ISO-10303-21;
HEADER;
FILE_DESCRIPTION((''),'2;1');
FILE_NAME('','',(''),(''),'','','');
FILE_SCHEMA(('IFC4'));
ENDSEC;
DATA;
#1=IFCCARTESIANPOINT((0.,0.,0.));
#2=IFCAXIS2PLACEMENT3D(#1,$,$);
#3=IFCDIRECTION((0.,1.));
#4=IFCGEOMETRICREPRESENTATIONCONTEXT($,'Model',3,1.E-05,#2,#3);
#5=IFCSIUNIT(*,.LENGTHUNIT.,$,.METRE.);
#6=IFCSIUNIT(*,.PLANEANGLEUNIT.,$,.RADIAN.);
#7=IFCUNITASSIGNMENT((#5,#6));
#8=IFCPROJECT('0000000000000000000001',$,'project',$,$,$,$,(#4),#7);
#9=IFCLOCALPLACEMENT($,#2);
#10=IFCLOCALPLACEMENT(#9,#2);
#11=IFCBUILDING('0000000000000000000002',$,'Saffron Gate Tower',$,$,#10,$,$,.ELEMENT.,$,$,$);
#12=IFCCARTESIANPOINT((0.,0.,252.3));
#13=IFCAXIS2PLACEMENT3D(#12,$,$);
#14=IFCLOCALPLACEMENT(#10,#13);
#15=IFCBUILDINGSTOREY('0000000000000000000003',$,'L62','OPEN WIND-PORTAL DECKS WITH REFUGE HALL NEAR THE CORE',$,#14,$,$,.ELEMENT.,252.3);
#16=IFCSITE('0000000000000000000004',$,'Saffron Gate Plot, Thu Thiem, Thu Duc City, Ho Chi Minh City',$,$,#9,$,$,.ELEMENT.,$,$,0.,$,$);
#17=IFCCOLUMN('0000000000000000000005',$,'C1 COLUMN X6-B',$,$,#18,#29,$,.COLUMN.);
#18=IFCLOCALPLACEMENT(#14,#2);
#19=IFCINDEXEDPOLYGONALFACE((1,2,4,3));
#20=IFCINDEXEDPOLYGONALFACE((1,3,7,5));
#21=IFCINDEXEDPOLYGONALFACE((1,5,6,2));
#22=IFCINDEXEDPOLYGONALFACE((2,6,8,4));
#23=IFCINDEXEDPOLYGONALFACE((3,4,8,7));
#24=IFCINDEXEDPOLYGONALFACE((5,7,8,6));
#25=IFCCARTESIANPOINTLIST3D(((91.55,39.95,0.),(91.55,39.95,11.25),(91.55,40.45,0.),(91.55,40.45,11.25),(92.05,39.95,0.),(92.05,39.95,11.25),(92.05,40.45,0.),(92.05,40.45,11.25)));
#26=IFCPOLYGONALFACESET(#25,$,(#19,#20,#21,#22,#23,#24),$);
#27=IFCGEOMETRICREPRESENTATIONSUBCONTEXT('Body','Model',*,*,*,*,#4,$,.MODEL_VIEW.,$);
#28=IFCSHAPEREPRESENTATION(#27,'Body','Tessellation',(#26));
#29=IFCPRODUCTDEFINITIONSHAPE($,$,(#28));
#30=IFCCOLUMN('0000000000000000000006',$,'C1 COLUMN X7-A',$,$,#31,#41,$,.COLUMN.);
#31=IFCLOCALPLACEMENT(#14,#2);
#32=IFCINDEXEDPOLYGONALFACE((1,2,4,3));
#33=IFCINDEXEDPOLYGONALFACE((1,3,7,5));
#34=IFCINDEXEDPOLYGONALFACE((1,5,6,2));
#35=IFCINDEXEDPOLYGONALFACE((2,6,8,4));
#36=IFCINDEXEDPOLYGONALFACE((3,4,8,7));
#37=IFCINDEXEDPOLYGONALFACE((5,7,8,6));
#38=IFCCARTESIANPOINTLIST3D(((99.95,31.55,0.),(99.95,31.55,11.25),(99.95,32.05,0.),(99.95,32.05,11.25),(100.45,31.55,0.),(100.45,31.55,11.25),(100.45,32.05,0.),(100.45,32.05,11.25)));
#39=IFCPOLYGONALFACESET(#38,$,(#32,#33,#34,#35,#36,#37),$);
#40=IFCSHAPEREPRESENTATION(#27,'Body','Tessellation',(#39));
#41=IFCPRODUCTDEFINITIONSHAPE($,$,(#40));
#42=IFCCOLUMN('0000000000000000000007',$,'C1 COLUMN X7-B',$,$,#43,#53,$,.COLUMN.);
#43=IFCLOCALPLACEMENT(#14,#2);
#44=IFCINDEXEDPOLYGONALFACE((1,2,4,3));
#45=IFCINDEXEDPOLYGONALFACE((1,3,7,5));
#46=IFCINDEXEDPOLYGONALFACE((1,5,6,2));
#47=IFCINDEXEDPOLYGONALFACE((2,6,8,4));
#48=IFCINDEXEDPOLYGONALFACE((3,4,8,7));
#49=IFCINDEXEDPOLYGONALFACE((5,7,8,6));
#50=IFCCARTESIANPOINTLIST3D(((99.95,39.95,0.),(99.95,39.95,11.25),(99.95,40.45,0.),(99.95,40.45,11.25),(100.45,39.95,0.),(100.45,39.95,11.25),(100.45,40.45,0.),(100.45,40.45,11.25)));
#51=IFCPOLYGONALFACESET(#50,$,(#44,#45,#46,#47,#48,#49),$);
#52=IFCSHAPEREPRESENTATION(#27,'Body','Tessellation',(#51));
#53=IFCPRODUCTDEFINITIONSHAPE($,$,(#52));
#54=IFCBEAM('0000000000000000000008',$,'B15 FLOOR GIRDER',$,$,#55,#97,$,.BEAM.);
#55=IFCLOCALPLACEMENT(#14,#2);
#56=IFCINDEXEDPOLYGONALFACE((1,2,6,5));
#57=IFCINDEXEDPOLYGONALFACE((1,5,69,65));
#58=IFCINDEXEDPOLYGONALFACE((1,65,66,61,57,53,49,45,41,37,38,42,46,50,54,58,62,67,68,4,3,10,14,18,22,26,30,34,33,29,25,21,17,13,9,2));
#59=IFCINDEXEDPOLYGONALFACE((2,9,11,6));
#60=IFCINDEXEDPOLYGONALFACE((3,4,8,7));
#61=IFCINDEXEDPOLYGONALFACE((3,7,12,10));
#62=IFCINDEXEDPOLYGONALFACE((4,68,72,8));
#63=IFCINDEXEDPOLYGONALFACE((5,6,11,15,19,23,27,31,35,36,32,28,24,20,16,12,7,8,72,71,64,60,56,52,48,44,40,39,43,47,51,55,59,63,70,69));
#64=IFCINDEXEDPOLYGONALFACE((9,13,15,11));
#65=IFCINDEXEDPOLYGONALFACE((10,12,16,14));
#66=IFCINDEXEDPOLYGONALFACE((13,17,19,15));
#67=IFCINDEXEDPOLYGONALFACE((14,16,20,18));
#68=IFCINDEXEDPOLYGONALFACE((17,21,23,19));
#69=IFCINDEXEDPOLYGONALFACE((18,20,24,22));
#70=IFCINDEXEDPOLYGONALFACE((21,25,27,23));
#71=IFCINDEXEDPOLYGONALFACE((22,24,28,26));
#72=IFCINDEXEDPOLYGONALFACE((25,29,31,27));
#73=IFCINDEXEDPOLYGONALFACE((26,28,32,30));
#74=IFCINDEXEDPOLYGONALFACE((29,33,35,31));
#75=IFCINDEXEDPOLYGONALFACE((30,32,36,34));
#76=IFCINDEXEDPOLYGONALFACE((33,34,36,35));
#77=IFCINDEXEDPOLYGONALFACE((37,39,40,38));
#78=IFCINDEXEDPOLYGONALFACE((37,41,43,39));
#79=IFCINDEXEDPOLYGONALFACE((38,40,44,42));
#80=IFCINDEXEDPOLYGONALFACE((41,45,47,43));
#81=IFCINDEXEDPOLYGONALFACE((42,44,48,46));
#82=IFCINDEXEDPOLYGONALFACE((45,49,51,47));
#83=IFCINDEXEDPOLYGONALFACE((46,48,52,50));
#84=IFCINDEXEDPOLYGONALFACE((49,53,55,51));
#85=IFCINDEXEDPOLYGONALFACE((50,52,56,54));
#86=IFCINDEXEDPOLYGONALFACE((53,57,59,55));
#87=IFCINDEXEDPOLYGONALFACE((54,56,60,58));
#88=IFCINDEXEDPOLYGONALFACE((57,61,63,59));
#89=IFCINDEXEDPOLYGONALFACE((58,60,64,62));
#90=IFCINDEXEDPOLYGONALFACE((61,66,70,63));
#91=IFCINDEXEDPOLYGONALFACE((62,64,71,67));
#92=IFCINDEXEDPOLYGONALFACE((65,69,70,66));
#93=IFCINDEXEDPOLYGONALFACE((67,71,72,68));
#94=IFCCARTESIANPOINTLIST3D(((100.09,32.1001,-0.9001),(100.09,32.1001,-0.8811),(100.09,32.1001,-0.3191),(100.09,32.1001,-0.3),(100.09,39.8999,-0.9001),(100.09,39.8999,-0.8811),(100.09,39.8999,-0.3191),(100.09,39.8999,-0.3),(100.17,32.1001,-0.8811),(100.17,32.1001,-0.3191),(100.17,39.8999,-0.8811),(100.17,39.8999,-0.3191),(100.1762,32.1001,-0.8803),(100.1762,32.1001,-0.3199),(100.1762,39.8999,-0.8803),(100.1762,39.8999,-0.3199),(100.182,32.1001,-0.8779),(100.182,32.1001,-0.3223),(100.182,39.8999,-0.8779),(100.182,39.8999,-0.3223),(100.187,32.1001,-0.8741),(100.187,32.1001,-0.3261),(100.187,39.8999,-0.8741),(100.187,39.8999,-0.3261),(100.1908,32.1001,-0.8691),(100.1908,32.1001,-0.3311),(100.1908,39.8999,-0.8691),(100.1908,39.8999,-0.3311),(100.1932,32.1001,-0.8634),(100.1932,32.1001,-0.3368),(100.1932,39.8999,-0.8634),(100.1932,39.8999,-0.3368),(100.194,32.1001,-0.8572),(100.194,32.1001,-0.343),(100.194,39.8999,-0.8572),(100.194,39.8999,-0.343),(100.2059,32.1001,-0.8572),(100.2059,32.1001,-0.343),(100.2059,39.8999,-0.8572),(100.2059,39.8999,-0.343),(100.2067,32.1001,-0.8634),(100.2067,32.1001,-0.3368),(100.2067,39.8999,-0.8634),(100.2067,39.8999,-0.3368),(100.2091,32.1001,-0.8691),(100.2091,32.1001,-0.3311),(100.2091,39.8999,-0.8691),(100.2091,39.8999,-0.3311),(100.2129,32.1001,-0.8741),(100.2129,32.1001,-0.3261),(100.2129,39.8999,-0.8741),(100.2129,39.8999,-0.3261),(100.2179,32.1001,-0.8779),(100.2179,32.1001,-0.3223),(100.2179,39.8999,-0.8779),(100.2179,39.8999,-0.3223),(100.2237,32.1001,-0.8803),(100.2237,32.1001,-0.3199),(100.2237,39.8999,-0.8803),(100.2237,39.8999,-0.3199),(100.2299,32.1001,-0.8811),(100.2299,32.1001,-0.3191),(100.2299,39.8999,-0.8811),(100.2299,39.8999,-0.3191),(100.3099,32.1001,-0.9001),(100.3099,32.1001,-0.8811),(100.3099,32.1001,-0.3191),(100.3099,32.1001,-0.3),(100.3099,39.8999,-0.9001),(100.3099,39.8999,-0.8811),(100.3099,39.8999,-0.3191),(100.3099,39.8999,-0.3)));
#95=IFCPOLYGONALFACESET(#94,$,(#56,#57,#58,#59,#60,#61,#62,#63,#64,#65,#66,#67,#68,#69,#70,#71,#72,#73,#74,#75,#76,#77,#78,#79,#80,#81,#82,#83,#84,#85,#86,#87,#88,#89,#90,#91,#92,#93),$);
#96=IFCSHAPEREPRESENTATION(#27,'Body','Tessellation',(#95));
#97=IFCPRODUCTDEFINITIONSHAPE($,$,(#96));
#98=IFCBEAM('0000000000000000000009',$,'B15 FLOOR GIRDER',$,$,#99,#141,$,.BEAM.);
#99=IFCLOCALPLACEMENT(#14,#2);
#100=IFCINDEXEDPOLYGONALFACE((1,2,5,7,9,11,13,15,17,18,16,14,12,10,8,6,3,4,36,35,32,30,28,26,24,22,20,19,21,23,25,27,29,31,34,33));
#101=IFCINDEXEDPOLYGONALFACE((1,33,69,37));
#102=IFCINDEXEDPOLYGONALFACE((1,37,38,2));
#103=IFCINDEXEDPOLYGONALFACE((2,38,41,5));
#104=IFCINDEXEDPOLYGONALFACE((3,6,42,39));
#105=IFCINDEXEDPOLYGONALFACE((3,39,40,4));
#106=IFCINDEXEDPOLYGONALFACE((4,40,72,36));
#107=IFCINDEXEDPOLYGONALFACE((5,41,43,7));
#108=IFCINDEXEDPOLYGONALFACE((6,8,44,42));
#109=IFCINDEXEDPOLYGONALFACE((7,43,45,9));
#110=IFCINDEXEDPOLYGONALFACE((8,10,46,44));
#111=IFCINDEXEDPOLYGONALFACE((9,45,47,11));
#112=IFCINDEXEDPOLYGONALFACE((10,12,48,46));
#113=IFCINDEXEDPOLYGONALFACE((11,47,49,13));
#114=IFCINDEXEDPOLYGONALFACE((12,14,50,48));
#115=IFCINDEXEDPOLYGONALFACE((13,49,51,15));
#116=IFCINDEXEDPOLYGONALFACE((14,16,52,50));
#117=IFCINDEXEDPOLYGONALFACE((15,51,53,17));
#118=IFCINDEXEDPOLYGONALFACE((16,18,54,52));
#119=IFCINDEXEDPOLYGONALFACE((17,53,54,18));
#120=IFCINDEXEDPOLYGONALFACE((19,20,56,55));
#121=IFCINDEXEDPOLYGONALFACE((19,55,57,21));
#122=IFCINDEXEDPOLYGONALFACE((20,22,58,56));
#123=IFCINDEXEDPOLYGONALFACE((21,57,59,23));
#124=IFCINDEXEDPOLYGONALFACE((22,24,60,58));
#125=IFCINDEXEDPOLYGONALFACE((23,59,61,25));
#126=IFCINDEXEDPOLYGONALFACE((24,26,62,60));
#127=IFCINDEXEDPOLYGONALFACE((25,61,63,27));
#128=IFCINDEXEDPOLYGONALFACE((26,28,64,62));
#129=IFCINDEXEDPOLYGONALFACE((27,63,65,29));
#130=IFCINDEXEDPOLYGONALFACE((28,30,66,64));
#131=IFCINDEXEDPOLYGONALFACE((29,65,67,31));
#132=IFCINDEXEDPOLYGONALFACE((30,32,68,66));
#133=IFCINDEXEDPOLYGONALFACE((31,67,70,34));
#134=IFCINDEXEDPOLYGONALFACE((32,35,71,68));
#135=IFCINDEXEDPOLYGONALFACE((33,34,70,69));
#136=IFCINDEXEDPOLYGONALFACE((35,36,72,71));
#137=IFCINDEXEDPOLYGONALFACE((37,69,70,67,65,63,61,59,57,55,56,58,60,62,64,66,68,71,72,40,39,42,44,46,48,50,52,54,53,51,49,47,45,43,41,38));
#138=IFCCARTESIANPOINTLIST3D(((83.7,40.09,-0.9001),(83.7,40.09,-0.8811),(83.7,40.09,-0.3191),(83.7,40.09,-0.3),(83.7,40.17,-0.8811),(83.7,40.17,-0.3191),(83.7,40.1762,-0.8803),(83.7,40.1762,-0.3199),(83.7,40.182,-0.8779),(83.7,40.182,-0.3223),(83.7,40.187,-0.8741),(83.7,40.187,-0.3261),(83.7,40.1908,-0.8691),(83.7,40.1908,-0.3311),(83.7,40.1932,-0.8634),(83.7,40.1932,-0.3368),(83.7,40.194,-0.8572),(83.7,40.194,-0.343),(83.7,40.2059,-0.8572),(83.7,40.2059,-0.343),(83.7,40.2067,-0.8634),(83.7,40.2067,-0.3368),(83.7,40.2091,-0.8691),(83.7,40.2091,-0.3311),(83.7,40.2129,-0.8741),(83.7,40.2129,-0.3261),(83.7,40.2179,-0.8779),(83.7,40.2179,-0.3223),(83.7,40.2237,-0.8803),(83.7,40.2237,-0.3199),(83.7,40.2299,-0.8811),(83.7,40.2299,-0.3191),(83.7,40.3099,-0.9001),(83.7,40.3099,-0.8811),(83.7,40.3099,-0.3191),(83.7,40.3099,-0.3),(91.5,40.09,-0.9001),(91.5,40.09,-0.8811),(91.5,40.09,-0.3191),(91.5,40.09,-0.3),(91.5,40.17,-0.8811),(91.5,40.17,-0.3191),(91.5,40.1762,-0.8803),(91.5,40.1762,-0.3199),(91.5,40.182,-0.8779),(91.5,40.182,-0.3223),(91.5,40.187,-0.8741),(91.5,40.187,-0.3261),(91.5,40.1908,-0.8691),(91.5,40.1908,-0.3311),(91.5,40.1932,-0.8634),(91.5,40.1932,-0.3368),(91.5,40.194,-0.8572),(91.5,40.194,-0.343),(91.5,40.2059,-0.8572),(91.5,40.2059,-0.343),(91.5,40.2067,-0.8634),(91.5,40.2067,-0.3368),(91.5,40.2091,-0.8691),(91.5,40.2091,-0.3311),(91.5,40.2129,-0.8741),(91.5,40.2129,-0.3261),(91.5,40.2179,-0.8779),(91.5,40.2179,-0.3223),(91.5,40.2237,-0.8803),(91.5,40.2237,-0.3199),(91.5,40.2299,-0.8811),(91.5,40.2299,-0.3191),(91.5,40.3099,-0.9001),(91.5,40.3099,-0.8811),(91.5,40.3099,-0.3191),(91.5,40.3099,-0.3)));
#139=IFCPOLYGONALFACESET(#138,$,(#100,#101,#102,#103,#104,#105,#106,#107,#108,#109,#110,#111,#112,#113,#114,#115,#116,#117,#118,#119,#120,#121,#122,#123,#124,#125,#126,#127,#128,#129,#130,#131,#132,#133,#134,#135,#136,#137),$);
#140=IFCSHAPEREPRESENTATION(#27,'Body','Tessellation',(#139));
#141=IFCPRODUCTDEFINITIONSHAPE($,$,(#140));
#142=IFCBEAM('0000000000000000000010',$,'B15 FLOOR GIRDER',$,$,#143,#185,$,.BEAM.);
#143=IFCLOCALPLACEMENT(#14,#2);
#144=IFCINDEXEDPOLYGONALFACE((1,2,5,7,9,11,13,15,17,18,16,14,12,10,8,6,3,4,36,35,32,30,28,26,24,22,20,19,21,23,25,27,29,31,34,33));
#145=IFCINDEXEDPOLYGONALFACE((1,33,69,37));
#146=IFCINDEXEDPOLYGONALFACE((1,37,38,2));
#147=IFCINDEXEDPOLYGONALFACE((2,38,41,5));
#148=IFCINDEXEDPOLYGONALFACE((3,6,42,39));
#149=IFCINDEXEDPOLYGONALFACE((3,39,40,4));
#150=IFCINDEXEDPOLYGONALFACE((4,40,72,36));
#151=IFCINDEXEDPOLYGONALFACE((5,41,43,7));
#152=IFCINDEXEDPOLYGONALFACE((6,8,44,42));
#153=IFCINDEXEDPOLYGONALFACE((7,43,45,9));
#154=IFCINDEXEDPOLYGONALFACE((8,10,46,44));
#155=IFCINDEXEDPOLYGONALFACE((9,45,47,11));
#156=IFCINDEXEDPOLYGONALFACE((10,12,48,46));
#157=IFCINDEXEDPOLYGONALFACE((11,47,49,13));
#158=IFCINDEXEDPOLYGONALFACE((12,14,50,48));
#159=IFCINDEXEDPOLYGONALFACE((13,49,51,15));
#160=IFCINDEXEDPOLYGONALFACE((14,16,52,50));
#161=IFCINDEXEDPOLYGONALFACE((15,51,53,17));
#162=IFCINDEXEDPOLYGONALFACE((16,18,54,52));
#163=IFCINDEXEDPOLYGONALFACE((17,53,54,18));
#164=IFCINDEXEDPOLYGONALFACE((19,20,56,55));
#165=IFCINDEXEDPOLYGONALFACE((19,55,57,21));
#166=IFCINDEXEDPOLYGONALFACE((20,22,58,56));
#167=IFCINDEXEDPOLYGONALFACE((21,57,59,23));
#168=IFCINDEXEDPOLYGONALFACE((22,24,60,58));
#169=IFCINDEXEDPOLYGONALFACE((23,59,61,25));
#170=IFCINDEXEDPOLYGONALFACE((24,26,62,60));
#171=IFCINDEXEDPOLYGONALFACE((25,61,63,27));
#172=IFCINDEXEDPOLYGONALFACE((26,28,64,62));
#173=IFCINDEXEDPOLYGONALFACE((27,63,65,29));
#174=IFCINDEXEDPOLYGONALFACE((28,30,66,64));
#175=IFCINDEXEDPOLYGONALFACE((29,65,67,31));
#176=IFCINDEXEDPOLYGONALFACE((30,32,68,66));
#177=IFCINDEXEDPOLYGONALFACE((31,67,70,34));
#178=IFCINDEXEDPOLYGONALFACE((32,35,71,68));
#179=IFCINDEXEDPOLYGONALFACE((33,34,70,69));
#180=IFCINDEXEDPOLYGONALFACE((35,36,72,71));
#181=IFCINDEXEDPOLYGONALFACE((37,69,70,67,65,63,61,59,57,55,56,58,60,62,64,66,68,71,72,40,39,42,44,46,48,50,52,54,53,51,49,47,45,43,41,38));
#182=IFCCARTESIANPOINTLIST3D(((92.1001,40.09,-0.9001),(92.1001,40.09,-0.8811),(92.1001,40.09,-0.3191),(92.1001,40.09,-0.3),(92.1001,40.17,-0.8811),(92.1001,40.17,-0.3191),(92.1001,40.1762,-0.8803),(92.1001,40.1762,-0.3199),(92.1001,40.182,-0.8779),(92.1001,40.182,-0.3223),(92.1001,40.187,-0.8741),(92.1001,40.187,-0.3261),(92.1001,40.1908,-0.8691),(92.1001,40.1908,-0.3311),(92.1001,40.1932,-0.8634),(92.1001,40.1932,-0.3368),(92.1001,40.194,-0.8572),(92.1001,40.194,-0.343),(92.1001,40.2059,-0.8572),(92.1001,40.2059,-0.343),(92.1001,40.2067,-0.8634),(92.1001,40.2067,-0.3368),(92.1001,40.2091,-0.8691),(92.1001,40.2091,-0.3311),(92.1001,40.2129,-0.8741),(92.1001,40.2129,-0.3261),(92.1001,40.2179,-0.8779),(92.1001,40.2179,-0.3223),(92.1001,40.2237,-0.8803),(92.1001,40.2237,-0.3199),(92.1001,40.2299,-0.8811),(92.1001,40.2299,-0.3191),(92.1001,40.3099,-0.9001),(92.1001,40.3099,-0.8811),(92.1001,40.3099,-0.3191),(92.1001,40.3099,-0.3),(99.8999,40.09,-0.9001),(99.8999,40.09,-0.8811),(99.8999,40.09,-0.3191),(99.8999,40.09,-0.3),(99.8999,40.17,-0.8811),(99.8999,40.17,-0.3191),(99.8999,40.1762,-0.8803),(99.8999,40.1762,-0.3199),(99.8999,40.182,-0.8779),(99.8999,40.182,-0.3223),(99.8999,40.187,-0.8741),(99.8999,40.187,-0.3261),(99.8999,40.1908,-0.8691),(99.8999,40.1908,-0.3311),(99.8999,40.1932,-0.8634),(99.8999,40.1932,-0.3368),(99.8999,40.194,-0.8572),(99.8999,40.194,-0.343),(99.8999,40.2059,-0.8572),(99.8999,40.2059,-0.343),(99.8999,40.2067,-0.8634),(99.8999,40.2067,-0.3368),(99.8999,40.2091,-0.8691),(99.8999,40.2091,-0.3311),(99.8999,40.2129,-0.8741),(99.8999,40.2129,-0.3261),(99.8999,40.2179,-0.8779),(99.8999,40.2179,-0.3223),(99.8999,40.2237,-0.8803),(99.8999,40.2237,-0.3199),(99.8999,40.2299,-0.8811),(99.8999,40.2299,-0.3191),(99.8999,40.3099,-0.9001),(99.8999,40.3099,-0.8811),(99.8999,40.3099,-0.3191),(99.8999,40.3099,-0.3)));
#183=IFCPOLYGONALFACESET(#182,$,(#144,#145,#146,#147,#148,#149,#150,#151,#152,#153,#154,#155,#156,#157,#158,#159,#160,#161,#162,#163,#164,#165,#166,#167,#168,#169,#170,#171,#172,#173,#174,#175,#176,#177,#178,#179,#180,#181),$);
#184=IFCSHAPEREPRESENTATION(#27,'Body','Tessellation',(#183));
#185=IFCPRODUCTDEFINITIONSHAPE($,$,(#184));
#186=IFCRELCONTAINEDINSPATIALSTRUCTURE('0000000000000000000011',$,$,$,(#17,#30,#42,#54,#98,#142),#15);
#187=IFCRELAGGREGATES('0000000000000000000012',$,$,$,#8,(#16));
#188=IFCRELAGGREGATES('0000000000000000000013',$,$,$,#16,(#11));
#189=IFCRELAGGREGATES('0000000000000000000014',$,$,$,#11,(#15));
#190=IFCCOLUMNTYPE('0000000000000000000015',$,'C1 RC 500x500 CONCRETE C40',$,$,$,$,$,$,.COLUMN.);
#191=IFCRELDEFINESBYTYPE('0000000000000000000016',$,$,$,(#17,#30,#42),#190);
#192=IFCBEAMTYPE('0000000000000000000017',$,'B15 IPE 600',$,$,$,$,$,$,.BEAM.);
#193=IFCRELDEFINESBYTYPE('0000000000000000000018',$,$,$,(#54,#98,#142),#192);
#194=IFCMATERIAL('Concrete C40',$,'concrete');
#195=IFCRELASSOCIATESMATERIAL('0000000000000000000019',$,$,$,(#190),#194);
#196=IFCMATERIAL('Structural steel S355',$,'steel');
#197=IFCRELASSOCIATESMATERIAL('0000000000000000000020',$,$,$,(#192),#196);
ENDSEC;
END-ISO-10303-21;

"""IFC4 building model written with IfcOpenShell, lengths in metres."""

from ifc_helpers import new_model, si_unit, direction, frame, origin, origin_2d, place, context, subcontext, project, spatial, rectangle, i_section, extrude, material, material_profile, profile_set, type_object, element, save


model = new_model("IFC4")

# Units and contexts
model_context = context("Model", 3, precision=1e-05, world=origin(), true_north=direction((0.0, 1.0)))
body_context = subcontext(model_context, "Body", "Model", "MODEL_VIEW")
ifc_project = project(units=[si_unit("LENGTHUNIT", "METRE"), si_unit("PLANEANGLEUNIT", "RADIAN")], contexts=[model_context])

# Site, building, storey
site_placement = place(None, origin())
site = spatial("IfcSite", under=ifc_project, at=site_placement, Name="Saffron Gate Plot, Thu Thiem, Thu Duc City, Ho Chi Minh City", CompositionType="ELEMENT", RefElevation=0.0)
building_placement = place(site_placement, origin())
building = spatial("IfcBuilding", under=site, at=building_placement, Name="Saffron Gate Tower", CompositionType="ELEMENT")
storey_placement = place(building_placement, frame((0.0, 0.0, 252.3)))
storey = spatial("IfcBuildingStorey", under=building, at=storey_placement, Name="L62", Description="OPEN WIND-PORTAL DECKS WITH REFUGE HALL NEAR THE CORE", CompositionType="ELEMENT", Elevation=252.3)

# Columns
ifc_material_1 = material(Name="Concrete C40", Category="concrete")
ifc_material_profile_1 = material_profile(ifc_material_1, rectangle(XDim=0.5, YDim=0.5, at=origin_2d()))
ifc_profile_set_1 = profile_set([ifc_material_profile_1], Name="Concrete C40")
column_type = type_object("IfcColumnType", Name="C1 RC 500x500 CONCRETE C40", PredefinedType="COLUMN", material=ifc_profile_set_1)
for number, where, z_axis, x_axis, name in (
    (1, (91.8, 40.2, 0.0), (0.0, 0.0, 1.0), (1.0, 0.0, 0.0), "C1 COLUMN X6-B"),
    (2, (100.2, 31.8, 0.0), (0.0, 0.0, 1.0), (1.0, 0.0, 0.0), "C1 COLUMN X7-A"),
    (3, (100.2, 40.2, 0.0), (0.0, 0.0, 1.0), (1.0, 0.0, 0.0), "C1 COLUMN X7-B"),
):
    element("IfcColumn", number, at=place(storey_placement, frame(where, z_axis=z_axis, x_axis=x_axis)), inside=storey, type_object=column_type, Name=name, PredefinedType="COLUMN", context=body_context, shape_type="SweptSolid", body=[
        extrude(rectangle(XDim=0.5, YDim=0.5, at=origin_2d()), origin(), (0.0, 0.0, 1.0), 11.25),
    ])

# Beams
ifc_material_2 = material(Name="Structural steel S355", Category="steel")
ifc_material_profile_2 = material_profile(ifc_material_2, i_section(OverallWidth=0.22, OverallDepth=0.6001, WebThickness=0.012, FlangeThickness=0.019, FilletRadius=0.0239, at=origin_2d()))
ifc_profile_set_2 = profile_set([ifc_material_profile_2], Name="Structural steel S355")
beam_type_1 = type_object("IfcBeamType", Name="B15 IPE 600", PredefinedType="BEAM", material=ifc_profile_set_2)
beam_1_placement = place(storey_placement, frame((100.2, 32.1001, -0.6001), z_axis=(0.0, 1.0, 0.0), x_axis=(-1.0, 0.0, 0.0)))
element("IfcBeam", 4, at=beam_1_placement, inside=storey, type_object=beam_type_1, Name="B15 FLOOR GIRDER", PredefinedType="BEAM", context=body_context, shape_type="SweptSolid", body=[
    extrude(i_section(OverallWidth=0.22, OverallDepth=0.6001, WebThickness=0.012, FlangeThickness=0.019, FilletRadius=0.0239, at=origin_2d()), origin(), (0.0, 0.0, 1.0), 7.7998),
])
beam_2_placement = place(storey_placement, frame((83.7, 40.2, -0.6001), z_axis=(1.0, 0.0, 0.0), x_axis=(0.0, 1.0, 0.0)))
element("IfcBeam", 5, at=beam_2_placement, inside=storey, type_object=beam_type_1, Name="B15 FLOOR GIRDER", PredefinedType="BEAM", context=body_context, shape_type="SweptSolid", body=[
    extrude(i_section(OverallWidth=0.22, OverallDepth=0.6001, WebThickness=0.012, FlangeThickness=0.019, FilletRadius=0.0239, at=origin_2d()), origin(), (0.0, 0.0, 1.0), 7.8),
])
beam_3_placement = place(storey_placement, frame((92.1001, 40.2, -0.6001), z_axis=(1.0, 0.0, 0.0), x_axis=(0.0, 1.0, 0.0)))
element("IfcBeam", 6, at=beam_3_placement, inside=storey, type_object=beam_type_1, Name="B15 FLOOR GIRDER", PredefinedType="BEAM", context=body_context, shape_type="SweptSolid", body=[
    extrude(i_section(OverallWidth=0.22, OverallDepth=0.6001, WebThickness=0.012, FlangeThickness=0.019, FilletRadius=0.0239, at=origin_2d()), origin(), (0.0, 0.0, 1.0), 7.7998),
])

save(model, "model.ifc")
